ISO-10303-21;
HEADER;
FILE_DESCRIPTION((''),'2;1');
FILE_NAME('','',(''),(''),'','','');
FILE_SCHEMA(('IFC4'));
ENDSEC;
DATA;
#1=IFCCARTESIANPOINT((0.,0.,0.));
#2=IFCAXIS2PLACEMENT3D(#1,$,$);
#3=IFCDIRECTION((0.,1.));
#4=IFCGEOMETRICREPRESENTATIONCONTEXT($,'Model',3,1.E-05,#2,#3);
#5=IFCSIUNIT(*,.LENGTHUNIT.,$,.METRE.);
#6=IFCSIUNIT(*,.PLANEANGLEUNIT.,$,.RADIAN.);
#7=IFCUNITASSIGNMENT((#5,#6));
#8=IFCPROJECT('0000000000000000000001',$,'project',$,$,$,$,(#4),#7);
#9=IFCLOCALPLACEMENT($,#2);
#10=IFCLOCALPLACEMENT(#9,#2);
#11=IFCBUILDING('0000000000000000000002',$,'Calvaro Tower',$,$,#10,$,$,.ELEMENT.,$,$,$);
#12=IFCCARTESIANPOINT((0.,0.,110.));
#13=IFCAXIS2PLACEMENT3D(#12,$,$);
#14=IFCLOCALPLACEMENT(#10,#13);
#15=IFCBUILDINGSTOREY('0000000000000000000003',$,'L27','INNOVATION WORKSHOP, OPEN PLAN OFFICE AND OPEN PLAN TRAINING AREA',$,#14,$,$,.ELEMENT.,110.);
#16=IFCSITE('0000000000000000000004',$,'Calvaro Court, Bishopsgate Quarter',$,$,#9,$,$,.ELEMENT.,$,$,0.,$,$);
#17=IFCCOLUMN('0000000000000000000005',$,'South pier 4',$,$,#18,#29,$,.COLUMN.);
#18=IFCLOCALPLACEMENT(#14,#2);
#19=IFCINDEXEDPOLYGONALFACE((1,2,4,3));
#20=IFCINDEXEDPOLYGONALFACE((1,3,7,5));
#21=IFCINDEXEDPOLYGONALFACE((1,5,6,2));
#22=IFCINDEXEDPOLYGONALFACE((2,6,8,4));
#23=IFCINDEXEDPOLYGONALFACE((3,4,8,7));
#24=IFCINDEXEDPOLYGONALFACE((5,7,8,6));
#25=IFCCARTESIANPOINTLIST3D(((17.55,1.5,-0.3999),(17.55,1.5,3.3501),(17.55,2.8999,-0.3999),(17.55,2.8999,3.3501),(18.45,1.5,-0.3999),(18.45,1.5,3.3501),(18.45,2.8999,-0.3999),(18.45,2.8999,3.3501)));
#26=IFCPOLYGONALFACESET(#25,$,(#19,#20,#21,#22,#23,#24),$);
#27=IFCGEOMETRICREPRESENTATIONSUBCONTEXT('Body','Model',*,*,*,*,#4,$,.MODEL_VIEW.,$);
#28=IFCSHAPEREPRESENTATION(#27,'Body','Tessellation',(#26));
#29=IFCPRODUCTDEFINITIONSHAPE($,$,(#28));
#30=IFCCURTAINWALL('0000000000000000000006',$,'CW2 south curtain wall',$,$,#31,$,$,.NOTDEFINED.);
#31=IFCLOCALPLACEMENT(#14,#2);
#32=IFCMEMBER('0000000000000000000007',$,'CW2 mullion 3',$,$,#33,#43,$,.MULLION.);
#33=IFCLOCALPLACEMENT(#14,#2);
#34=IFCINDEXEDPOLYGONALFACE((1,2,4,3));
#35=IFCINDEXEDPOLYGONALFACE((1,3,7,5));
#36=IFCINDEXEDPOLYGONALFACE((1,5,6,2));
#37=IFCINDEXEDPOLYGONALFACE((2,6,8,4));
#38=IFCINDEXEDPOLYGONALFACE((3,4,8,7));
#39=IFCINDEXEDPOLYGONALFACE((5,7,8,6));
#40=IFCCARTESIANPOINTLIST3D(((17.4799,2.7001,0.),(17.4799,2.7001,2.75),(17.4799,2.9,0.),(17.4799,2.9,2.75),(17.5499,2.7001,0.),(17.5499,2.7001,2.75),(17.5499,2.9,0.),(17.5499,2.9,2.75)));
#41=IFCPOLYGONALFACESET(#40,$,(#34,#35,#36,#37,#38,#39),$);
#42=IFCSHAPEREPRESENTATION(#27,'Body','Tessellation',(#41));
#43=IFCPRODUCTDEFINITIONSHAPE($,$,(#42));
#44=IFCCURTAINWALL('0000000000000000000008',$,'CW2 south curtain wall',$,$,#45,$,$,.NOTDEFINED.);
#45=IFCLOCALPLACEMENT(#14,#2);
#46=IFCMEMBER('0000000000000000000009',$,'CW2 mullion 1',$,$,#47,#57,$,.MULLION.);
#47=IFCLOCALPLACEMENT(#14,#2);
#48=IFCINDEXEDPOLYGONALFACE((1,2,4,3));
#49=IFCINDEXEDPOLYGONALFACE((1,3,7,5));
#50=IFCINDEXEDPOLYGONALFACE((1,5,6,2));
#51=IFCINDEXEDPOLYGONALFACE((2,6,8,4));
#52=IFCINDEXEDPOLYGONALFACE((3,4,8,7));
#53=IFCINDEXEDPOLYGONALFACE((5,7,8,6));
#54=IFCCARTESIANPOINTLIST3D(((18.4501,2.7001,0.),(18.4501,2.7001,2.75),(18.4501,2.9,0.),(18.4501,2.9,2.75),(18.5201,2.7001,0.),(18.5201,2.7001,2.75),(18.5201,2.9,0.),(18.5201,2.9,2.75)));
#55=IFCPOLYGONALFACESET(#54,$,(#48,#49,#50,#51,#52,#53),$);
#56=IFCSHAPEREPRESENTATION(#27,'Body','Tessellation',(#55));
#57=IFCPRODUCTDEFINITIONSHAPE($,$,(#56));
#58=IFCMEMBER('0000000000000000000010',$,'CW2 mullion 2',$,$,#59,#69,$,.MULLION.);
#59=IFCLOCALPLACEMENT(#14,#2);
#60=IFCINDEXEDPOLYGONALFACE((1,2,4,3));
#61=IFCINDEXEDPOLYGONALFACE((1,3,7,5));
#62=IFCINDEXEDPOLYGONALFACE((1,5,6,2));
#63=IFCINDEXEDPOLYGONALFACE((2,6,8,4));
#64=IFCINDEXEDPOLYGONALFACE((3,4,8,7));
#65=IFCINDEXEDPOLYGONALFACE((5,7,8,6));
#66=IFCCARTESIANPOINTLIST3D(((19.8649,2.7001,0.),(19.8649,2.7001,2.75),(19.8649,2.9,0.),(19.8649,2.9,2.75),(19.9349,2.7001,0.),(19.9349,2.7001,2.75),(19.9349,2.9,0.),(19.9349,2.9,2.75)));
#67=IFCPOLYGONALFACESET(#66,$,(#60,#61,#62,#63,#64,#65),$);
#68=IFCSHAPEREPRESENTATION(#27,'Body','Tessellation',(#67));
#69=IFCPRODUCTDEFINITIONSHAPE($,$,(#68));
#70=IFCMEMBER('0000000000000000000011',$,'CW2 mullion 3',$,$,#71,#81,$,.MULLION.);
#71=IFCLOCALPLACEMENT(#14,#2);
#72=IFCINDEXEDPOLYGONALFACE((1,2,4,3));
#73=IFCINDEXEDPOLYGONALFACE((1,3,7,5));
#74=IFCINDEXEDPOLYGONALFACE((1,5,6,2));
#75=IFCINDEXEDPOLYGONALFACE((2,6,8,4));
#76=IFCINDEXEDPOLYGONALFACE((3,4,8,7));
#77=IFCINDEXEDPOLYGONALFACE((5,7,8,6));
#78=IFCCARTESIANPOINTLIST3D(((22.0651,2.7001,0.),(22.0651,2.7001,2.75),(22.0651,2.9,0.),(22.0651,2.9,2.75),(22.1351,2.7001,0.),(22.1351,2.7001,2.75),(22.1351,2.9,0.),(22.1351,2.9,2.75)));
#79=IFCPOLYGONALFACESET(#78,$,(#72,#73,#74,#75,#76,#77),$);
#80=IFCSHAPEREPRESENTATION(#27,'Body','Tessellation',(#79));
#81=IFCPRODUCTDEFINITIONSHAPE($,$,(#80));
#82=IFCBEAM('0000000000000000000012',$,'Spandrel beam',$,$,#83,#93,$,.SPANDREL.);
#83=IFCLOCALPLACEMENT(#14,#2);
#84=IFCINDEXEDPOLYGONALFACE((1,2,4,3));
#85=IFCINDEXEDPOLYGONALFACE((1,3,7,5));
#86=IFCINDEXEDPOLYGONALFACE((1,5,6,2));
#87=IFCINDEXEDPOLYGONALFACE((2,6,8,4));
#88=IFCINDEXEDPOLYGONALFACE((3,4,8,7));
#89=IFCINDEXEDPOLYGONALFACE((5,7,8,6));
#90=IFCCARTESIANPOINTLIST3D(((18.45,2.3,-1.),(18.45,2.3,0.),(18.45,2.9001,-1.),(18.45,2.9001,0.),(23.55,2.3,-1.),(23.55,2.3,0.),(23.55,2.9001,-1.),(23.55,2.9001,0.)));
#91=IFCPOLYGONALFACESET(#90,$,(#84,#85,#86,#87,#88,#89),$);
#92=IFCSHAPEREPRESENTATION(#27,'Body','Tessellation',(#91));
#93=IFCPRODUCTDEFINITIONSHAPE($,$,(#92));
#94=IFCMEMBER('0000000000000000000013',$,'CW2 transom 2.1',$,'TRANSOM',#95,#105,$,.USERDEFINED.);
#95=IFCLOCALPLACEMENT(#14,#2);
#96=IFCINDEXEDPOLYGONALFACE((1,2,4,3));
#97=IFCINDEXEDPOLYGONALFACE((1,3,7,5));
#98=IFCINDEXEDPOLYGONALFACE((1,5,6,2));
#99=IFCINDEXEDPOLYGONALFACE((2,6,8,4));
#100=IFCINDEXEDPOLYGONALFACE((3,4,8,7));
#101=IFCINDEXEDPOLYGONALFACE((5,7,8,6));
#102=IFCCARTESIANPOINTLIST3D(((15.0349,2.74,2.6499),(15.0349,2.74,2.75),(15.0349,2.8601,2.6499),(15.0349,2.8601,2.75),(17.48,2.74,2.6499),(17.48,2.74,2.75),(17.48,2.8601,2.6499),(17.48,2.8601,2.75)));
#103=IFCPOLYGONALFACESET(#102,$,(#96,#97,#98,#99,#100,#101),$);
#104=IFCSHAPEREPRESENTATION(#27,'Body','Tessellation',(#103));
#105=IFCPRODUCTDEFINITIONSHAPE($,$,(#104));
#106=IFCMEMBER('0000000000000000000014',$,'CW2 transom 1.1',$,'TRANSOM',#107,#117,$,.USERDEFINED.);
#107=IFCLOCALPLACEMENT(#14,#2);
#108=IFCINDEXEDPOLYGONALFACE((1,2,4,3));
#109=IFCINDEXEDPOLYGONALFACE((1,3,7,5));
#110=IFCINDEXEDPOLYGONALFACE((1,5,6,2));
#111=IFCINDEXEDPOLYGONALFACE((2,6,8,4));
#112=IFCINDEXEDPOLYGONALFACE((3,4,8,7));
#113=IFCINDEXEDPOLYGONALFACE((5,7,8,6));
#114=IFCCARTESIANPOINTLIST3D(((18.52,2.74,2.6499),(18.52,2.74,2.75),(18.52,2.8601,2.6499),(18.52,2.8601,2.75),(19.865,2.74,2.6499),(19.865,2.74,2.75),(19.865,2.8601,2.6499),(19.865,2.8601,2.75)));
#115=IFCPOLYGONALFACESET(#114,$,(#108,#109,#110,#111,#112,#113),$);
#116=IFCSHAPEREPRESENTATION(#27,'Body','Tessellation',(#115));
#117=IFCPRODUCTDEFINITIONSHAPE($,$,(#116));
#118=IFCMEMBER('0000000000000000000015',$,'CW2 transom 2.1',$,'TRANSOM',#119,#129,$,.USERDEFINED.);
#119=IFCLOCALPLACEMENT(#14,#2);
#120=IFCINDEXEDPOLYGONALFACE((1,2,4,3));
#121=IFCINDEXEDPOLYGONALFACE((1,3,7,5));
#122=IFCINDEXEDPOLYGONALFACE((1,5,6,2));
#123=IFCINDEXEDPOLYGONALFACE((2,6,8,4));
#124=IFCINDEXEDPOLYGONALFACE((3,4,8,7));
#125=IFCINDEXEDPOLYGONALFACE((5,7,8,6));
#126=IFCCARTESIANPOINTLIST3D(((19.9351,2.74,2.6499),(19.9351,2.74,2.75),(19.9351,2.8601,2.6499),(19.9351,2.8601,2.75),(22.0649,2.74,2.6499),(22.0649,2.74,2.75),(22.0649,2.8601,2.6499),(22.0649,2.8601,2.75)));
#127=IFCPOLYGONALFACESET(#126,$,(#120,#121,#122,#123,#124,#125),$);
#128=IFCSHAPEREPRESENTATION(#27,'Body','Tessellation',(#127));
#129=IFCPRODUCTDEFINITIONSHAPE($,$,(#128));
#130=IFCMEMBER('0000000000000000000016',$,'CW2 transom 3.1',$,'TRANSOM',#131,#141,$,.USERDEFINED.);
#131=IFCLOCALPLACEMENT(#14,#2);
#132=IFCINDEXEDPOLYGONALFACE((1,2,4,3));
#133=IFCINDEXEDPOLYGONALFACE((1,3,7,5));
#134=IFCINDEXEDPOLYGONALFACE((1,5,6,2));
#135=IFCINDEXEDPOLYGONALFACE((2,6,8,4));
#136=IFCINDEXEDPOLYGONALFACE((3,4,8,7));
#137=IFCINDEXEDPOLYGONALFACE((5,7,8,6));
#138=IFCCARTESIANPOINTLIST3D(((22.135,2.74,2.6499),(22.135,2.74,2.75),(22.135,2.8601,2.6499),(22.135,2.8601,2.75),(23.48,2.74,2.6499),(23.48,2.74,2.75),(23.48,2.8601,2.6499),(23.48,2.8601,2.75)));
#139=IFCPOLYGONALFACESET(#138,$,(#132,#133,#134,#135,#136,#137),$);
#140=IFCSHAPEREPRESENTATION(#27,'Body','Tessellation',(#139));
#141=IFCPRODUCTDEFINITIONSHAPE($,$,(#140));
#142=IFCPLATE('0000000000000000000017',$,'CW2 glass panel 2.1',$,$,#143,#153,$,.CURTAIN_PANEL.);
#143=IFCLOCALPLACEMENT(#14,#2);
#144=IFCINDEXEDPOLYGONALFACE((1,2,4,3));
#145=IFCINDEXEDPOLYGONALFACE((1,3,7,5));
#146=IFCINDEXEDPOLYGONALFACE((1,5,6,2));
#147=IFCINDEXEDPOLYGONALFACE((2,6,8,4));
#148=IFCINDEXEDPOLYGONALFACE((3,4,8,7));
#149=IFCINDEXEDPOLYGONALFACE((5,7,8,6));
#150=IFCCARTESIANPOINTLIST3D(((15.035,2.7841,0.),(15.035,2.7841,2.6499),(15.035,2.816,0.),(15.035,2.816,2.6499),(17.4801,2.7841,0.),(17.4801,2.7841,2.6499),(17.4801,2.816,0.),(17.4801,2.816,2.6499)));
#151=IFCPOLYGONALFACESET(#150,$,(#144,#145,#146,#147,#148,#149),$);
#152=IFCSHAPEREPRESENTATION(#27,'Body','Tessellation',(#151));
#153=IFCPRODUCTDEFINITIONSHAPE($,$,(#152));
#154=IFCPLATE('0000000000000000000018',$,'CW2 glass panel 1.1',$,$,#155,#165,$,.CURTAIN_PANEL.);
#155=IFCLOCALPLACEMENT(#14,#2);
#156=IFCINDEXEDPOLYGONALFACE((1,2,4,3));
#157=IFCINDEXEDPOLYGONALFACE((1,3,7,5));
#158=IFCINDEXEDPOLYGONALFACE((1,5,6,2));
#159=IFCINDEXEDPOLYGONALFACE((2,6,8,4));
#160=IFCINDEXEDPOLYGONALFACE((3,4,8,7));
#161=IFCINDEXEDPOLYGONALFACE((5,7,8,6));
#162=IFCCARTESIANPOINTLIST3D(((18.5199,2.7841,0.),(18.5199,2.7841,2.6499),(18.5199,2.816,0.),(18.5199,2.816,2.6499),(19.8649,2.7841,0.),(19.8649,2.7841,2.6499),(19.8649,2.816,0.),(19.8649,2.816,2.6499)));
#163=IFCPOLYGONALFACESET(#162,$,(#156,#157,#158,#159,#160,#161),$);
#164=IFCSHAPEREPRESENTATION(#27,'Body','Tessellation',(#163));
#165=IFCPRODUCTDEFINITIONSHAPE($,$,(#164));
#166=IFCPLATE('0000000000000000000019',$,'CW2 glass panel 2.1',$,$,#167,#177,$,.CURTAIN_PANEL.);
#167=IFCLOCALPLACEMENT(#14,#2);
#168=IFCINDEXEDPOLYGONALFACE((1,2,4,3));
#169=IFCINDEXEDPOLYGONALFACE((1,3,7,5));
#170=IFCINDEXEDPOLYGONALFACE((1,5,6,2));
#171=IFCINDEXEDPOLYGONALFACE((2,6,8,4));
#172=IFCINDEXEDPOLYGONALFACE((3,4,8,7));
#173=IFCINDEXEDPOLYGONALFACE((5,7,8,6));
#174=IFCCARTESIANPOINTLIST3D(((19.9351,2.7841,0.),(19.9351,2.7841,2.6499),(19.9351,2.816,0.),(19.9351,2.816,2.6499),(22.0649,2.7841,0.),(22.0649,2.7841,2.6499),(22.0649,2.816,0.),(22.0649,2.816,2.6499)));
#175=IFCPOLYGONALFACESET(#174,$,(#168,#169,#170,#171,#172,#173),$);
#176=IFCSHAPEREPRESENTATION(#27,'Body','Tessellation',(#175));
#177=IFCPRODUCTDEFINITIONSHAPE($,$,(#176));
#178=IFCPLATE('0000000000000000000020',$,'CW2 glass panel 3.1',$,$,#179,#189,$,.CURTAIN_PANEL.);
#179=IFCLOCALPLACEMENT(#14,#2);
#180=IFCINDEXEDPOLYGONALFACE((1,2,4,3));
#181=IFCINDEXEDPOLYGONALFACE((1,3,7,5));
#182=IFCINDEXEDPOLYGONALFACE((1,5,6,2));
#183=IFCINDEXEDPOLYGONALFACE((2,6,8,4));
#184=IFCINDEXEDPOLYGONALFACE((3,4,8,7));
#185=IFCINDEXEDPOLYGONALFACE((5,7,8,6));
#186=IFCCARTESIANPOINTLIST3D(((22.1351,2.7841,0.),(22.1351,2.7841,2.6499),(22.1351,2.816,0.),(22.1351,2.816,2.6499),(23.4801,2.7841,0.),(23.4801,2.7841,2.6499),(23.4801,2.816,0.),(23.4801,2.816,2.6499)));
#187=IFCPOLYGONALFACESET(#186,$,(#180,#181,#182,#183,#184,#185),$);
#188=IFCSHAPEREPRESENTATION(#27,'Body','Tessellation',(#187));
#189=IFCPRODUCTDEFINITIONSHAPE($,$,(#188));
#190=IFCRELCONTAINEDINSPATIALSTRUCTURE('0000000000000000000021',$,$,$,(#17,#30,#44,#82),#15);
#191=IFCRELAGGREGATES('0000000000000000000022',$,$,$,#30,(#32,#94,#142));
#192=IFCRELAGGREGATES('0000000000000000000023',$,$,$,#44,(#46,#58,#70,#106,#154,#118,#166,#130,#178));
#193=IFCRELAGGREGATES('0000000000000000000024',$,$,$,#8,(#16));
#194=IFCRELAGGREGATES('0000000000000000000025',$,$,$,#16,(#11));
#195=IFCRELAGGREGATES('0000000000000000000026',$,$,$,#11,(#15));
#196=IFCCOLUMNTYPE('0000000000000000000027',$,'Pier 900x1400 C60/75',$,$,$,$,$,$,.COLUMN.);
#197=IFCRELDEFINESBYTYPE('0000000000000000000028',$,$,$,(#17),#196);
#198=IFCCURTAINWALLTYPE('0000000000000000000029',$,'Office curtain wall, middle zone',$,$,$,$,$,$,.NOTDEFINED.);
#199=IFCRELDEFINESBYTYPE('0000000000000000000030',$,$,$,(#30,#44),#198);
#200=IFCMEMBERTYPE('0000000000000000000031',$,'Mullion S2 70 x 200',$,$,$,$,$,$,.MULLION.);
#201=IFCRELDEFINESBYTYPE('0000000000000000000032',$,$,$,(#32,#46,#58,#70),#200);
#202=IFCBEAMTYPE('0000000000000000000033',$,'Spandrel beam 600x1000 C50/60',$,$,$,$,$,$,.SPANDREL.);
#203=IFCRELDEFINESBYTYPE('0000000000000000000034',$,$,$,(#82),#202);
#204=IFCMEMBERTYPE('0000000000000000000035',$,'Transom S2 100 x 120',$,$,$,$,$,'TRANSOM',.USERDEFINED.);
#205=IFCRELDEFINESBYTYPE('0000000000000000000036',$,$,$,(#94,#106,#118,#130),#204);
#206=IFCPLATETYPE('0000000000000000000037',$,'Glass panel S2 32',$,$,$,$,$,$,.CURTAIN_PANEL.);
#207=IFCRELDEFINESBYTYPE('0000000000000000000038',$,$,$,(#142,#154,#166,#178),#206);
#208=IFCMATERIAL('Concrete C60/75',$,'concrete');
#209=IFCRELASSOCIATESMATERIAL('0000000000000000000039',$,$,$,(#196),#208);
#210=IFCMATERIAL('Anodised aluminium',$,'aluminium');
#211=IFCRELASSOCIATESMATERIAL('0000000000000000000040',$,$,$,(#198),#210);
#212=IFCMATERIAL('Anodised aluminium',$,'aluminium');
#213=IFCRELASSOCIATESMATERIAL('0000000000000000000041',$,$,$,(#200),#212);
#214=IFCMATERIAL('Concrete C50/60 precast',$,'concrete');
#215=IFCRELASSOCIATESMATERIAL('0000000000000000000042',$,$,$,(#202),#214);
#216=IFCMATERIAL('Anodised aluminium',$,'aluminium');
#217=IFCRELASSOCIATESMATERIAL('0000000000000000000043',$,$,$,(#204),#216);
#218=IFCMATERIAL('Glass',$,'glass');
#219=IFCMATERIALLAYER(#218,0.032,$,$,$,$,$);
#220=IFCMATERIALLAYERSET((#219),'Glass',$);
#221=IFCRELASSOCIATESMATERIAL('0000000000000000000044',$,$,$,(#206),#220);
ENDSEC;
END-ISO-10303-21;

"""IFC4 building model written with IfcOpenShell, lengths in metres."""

from ifc_helpers import new_model, si_unit, direction, frame, origin, origin_2d, place, context, subcontext, project, spatial, rectangle, extrude, material, layer, layer_set, material_profile, profile_set, type_object, element, aggregate, save


model = new_model("IFC4")

# Units and contexts
model_context = context("Model", 3, precision=1e-05, world=origin(), true_north=direction((0.0, 1.0)))
body_context = subcontext(model_context, "Body", "Model", "MODEL_VIEW")
ifc_project = project(units=[si_unit("LENGTHUNIT", "METRE"), si_unit("PLANEANGLEUNIT", "RADIAN")], contexts=[model_context])

# Site, building, storey
site_placement = place(None, origin())
site = spatial("IfcSite", under=ifc_project, at=site_placement, Name="Calvaro Court, Bishopsgate Quarter", CompositionType="ELEMENT", RefElevation=0.0)
building_placement = place(site_placement, origin())
building = spatial("IfcBuilding", under=site, at=building_placement, Name="Calvaro Tower", CompositionType="ELEMENT")
storey_placement = place(building_placement, frame((0.0, 0.0, 110.0)))
storey = spatial("IfcBuildingStorey", under=building, at=storey_placement, Name="L27", Description="INNOVATION WORKSHOP, OPEN PLAN OFFICE AND OPEN PLAN TRAINING AREA", CompositionType="ELEMENT", Elevation=110.0)

# Column
ifc_material_1 = material(Name="Concrete C60/75", Category="concrete")
ifc_material_profile_1 = material_profile(ifc_material_1, rectangle(XDim=0.8999, YDim=1.3999, at=origin_2d()), Name="RC 900x1400")
ifc_profile_set_1 = profile_set([ifc_material_profile_1], Name="Concrete C60/75")
column_type = type_object("IfcColumnType", Name="Pier 900x1400 C60/75", PredefinedType="COLUMN", material=ifc_profile_set_1)
column_placement = place(storey_placement, frame((18.0, 2.2, -0.3999), z_axis=(0.0, 0.0, 1.0), x_axis=(1.0, 0.0, 0.0)))
element("IfcColumn", 1, at=column_placement, inside=storey, type_object=column_type, Name="South pier 4", PredefinedType="COLUMN", context=body_context, shape_type="SweptSolid", body=[
    extrude(rectangle(XDim=0.8999, YDim=1.3999, at=origin_2d()), origin(), (0.0, 0.0, 1.0), 3.75),
])

# Curtain wall, member
ifc_material_2 = material(Name="Anodised aluminium", Category="aluminium")
curtain_wall_type = type_object("IfcCurtainWallType", Name="Office curtain wall, middle zone", PredefinedType="NOTDEFINED", material=ifc_material_2)
curtain_wall_1_placement = place(storey_placement, origin())
curtain_wall_1 = element("IfcCurtainWall", 2, at=curtain_wall_1_placement, inside=storey, type_object=curtain_wall_type, Name="CW2 south curtain wall", PredefinedType="NOTDEFINED")
ifc_material_3 = material(Name="Anodised aluminium", Category="aluminium")
ifc_material_profile_2 = material_profile(ifc_material_3, rectangle(XDim=0.2, YDim=0.0701, at=origin_2d()), Name="Mullion S2 70 x 200")
ifc_profile_set_2 = profile_set([ifc_material_profile_2], Name="Anodised aluminium")
member_type_1 = type_object("IfcMemberType", Name="Mullion S2 70 x 200", PredefinedType="MULLION", material=ifc_profile_set_2)
member_1_placement = place(storey_placement, frame((17.5149, 2.8, 0.0), z_axis=(0.0, 0.0, 1.0), x_axis=(0.0, 1.0, 0.0)))
member_1 = element("IfcMember", 3, at=member_1_placement, type_object=member_type_1, Name="CW2 mullion 3", PredefinedType="MULLION", context=body_context, shape_type="SweptSolid", body=[
    extrude(rectangle(XDim=0.2, YDim=0.0701, at=origin_2d()), origin(), (0.0, 0.0, 1.0), 2.75),
])

# Curtain wall, members
curtain_wall_2_placement = place(storey_placement, origin())
curtain_wall_2 = element("IfcCurtainWall", 4, at=curtain_wall_2_placement, inside=storey, type_object=curtain_wall_type, Name="CW2 south curtain wall", PredefinedType="NOTDEFINED")
member_2_placement = place(storey_placement, frame((18.4851, 2.8, 0.0), z_axis=(0.0, 0.0, 1.0), x_axis=(0.0, 1.0, 0.0)))
member_2 = element("IfcMember", 5, at=member_2_placement, type_object=member_type_1, Name="CW2 mullion 1", PredefinedType="MULLION", context=body_context, shape_type="SweptSolid", body=[
    extrude(rectangle(XDim=0.2, YDim=0.0701, at=origin_2d()), origin(), (0.0, 0.0, 1.0), 2.75),
])
member_3_placement = place(storey_placement, frame((19.8999, 2.8, 0.0), z_axis=(0.0, 0.0, 1.0), x_axis=(0.0, 1.0, 0.0)))
member_3 = element("IfcMember", 6, at=member_3_placement, type_object=member_type_1, Name="CW2 mullion 2", PredefinedType="MULLION", context=body_context, shape_type="SweptSolid", body=[
    extrude(rectangle(XDim=0.2, YDim=0.0701, at=origin_2d()), origin(), (0.0, 0.0, 1.0), 2.75),
])
member_4_placement = place(storey_placement, frame((22.1001, 2.8, 0.0), z_axis=(0.0, 0.0, 1.0), x_axis=(0.0, 1.0, 0.0)))
member_4 = element("IfcMember", 7, at=member_4_placement, type_object=member_type_1, Name="CW2 mullion 3", PredefinedType="MULLION", context=body_context, shape_type="SweptSolid", body=[
    extrude(rectangle(XDim=0.2, YDim=0.0701, at=origin_2d()), origin(), (0.0, 0.0, 1.0), 2.75),
])

# Beam
ifc_material_4 = material(Name="Concrete C50/60 precast", Category="concrete")
ifc_material_profile_3 = material_profile(ifc_material_4, rectangle(XDim=0.6001, YDim=1.0, at=origin_2d()), Name="RC 600x1000")
ifc_profile_set_3 = profile_set([ifc_material_profile_3], Name="Concrete C50/60 precast")
beam_type = type_object("IfcBeamType", Name="Spandrel beam 600x1000 C50/60", PredefinedType="SPANDREL", material=ifc_profile_set_3)
beam_placement = place(storey_placement, frame((18.45, 2.6001, -0.5), z_axis=(1.0, 0.0, 0.0), x_axis=(0.0, 1.0, 0.0)))
element("IfcBeam", 8, at=beam_placement, inside=storey, type_object=beam_type, Name="Spandrel beam", PredefinedType="SPANDREL", context=body_context, shape_type="SweptSolid", body=[
    extrude(rectangle(XDim=0.6001, YDim=1.0, at=origin_2d()), origin(), (0.0, 0.0, 1.0), 5.1001),
])

# Members
ifc_material_5 = material(Name="Anodised aluminium", Category="aluminium")
ifc_material_profile_4 = material_profile(ifc_material_5, rectangle(XDim=0.1201, YDim=0.1001, at=origin_2d()), Name="Transom S2 100 x 120")
ifc_profile_set_4 = profile_set([ifc_material_profile_4], Name="Anodised aluminium")
member_type_2 = type_object("IfcMemberType", Name="Transom S2 100 x 120", ElementType="TRANSOM", PredefinedType="USERDEFINED", material=ifc_profile_set_4)
member_5_placement = place(storey_placement, frame((15.0349, 2.8, 2.7), z_axis=(1.0, 0.0, 0.0), x_axis=(0.0, 1.0, 0.0)))
member_5 = element("IfcMember", 9, at=member_5_placement, type_object=member_type_2, Name="CW2 transom 2.1", ObjectType="TRANSOM", PredefinedType="USERDEFINED", context=body_context, shape_type="SweptSolid", body=[
    extrude(rectangle(XDim=0.1201, YDim=0.1001, at=origin_2d()), origin(), (0.0, 0.0, 1.0), 2.4451),
])
member_6_placement = place(storey_placement, frame((18.52, 2.8, 2.7), z_axis=(1.0, 0.0, 0.0), x_axis=(0.0, 1.0, 0.0)))
member_6 = element("IfcMember", 10, at=member_6_placement, type_object=member_type_2, Name="CW2 transom 1.1", ObjectType="TRANSOM", PredefinedType="USERDEFINED", context=body_context, shape_type="SweptSolid", body=[
    extrude(rectangle(XDim=0.1201, YDim=0.1001, at=origin_2d()), origin(), (0.0, 0.0, 1.0), 1.345),
])
member_7_placement = place(storey_placement, frame((19.9351, 2.8, 2.7), z_axis=(1.0, 0.0, 0.0), x_axis=(0.0, 1.0, 0.0)))
member_7 = element("IfcMember", 11, at=member_7_placement, type_object=member_type_2, Name="CW2 transom 2.1", ObjectType="TRANSOM", PredefinedType="USERDEFINED", context=body_context, shape_type="SweptSolid", body=[
    extrude(rectangle(XDim=0.1201, YDim=0.1001, at=origin_2d()), origin(), (0.0, 0.0, 1.0), 2.1299),
])
member_8_placement = place(storey_placement, frame((22.135, 2.8, 2.7), z_axis=(1.0, 0.0, 0.0), x_axis=(0.0, 1.0, 0.0)))
member_8 = element("IfcMember", 12, at=member_8_placement, type_object=member_type_2, Name="CW2 transom 3.1", ObjectType="TRANSOM", PredefinedType="USERDEFINED", context=body_context, shape_type="SweptSolid", body=[
    extrude(rectangle(XDim=0.1201, YDim=0.1001, at=origin_2d()), origin(), (0.0, 0.0, 1.0), 1.345),
])

# Plates
ifc_material_6 = material(Name="Glass", Category="glass")
ifc_layer_1 = layer(ifc_material_6, 0.032)
ifc_layer_set_1 = layer_set([ifc_layer_1], Name="Glass")
plate_type = type_object("IfcPlateType", Name="Glass panel S2 32", PredefinedType="CURTAIN_PANEL", material=ifc_layer_set_1)
plate_1_placement = place(storey_placement, frame((16.2576, 2.8, 0.0), z_axis=(0.0, 0.0, 1.0), x_axis=(1.0, 0.0, 0.0)))
plate_1 = element("IfcPlate", 13, at=plate_1_placement, type_object=plate_type, Name="CW2 glass panel 2.1", PredefinedType="CURTAIN_PANEL", context=body_context, shape_type="SweptSolid", body=[
    extrude(rectangle(XDim=2.4451, YDim=0.032, at=origin_2d()), origin(), (0.0, 0.0, 1.0), 2.6499),
])
aggregate(curtain_wall_1, [member_1, member_5, plate_1])
plate_2_placement = place(storey_placement, frame((19.1924, 2.8, 0.0), z_axis=(0.0, 0.0, 1.0), x_axis=(1.0, 0.0, 0.0)))
plate_2 = element("IfcPlate", 14, at=plate_2_placement, type_object=plate_type, Name="CW2 glass panel 1.1", PredefinedType="CURTAIN_PANEL", context=body_context, shape_type="SweptSolid", body=[
    extrude(rectangle(XDim=1.345, YDim=0.032, at=origin_2d()), origin(), (0.0, 0.0, 1.0), 2.6499),
])
plate_3_placement = place(storey_placement, frame((21.0, 2.8, 0.0), z_axis=(0.0, 0.0, 1.0), x_axis=(1.0, 0.0, 0.0)))
plate_3 = element("IfcPlate", 15, at=plate_3_placement, type_object=plate_type, Name="CW2 glass panel 2.1", PredefinedType="CURTAIN_PANEL", context=body_context, shape_type="SweptSolid", body=[
    extrude(rectangle(XDim=2.1299, YDim=0.032, at=origin_2d()), origin(), (0.0, 0.0, 1.0), 2.6499),
])
plate_4_placement = place(storey_placement, frame((22.8076, 2.8, 0.0), z_axis=(0.0, 0.0, 1.0), x_axis=(1.0, 0.0, 0.0)))
plate_4 = element("IfcPlate", 16, at=plate_4_placement, type_object=plate_type, Name="CW2 glass panel 3.1", PredefinedType="CURTAIN_PANEL", context=body_context, shape_type="SweptSolid", body=[
    extrude(rectangle(XDim=1.345, YDim=0.032, at=origin_2d()), origin(), (0.0, 0.0, 1.0), 2.6499),
])
aggregate(curtain_wall_2, [member_2, member_3, member_4, member_6, plate_2, member_7, plate_3, member_8, plate_4])

save(model, "model.ifc")
